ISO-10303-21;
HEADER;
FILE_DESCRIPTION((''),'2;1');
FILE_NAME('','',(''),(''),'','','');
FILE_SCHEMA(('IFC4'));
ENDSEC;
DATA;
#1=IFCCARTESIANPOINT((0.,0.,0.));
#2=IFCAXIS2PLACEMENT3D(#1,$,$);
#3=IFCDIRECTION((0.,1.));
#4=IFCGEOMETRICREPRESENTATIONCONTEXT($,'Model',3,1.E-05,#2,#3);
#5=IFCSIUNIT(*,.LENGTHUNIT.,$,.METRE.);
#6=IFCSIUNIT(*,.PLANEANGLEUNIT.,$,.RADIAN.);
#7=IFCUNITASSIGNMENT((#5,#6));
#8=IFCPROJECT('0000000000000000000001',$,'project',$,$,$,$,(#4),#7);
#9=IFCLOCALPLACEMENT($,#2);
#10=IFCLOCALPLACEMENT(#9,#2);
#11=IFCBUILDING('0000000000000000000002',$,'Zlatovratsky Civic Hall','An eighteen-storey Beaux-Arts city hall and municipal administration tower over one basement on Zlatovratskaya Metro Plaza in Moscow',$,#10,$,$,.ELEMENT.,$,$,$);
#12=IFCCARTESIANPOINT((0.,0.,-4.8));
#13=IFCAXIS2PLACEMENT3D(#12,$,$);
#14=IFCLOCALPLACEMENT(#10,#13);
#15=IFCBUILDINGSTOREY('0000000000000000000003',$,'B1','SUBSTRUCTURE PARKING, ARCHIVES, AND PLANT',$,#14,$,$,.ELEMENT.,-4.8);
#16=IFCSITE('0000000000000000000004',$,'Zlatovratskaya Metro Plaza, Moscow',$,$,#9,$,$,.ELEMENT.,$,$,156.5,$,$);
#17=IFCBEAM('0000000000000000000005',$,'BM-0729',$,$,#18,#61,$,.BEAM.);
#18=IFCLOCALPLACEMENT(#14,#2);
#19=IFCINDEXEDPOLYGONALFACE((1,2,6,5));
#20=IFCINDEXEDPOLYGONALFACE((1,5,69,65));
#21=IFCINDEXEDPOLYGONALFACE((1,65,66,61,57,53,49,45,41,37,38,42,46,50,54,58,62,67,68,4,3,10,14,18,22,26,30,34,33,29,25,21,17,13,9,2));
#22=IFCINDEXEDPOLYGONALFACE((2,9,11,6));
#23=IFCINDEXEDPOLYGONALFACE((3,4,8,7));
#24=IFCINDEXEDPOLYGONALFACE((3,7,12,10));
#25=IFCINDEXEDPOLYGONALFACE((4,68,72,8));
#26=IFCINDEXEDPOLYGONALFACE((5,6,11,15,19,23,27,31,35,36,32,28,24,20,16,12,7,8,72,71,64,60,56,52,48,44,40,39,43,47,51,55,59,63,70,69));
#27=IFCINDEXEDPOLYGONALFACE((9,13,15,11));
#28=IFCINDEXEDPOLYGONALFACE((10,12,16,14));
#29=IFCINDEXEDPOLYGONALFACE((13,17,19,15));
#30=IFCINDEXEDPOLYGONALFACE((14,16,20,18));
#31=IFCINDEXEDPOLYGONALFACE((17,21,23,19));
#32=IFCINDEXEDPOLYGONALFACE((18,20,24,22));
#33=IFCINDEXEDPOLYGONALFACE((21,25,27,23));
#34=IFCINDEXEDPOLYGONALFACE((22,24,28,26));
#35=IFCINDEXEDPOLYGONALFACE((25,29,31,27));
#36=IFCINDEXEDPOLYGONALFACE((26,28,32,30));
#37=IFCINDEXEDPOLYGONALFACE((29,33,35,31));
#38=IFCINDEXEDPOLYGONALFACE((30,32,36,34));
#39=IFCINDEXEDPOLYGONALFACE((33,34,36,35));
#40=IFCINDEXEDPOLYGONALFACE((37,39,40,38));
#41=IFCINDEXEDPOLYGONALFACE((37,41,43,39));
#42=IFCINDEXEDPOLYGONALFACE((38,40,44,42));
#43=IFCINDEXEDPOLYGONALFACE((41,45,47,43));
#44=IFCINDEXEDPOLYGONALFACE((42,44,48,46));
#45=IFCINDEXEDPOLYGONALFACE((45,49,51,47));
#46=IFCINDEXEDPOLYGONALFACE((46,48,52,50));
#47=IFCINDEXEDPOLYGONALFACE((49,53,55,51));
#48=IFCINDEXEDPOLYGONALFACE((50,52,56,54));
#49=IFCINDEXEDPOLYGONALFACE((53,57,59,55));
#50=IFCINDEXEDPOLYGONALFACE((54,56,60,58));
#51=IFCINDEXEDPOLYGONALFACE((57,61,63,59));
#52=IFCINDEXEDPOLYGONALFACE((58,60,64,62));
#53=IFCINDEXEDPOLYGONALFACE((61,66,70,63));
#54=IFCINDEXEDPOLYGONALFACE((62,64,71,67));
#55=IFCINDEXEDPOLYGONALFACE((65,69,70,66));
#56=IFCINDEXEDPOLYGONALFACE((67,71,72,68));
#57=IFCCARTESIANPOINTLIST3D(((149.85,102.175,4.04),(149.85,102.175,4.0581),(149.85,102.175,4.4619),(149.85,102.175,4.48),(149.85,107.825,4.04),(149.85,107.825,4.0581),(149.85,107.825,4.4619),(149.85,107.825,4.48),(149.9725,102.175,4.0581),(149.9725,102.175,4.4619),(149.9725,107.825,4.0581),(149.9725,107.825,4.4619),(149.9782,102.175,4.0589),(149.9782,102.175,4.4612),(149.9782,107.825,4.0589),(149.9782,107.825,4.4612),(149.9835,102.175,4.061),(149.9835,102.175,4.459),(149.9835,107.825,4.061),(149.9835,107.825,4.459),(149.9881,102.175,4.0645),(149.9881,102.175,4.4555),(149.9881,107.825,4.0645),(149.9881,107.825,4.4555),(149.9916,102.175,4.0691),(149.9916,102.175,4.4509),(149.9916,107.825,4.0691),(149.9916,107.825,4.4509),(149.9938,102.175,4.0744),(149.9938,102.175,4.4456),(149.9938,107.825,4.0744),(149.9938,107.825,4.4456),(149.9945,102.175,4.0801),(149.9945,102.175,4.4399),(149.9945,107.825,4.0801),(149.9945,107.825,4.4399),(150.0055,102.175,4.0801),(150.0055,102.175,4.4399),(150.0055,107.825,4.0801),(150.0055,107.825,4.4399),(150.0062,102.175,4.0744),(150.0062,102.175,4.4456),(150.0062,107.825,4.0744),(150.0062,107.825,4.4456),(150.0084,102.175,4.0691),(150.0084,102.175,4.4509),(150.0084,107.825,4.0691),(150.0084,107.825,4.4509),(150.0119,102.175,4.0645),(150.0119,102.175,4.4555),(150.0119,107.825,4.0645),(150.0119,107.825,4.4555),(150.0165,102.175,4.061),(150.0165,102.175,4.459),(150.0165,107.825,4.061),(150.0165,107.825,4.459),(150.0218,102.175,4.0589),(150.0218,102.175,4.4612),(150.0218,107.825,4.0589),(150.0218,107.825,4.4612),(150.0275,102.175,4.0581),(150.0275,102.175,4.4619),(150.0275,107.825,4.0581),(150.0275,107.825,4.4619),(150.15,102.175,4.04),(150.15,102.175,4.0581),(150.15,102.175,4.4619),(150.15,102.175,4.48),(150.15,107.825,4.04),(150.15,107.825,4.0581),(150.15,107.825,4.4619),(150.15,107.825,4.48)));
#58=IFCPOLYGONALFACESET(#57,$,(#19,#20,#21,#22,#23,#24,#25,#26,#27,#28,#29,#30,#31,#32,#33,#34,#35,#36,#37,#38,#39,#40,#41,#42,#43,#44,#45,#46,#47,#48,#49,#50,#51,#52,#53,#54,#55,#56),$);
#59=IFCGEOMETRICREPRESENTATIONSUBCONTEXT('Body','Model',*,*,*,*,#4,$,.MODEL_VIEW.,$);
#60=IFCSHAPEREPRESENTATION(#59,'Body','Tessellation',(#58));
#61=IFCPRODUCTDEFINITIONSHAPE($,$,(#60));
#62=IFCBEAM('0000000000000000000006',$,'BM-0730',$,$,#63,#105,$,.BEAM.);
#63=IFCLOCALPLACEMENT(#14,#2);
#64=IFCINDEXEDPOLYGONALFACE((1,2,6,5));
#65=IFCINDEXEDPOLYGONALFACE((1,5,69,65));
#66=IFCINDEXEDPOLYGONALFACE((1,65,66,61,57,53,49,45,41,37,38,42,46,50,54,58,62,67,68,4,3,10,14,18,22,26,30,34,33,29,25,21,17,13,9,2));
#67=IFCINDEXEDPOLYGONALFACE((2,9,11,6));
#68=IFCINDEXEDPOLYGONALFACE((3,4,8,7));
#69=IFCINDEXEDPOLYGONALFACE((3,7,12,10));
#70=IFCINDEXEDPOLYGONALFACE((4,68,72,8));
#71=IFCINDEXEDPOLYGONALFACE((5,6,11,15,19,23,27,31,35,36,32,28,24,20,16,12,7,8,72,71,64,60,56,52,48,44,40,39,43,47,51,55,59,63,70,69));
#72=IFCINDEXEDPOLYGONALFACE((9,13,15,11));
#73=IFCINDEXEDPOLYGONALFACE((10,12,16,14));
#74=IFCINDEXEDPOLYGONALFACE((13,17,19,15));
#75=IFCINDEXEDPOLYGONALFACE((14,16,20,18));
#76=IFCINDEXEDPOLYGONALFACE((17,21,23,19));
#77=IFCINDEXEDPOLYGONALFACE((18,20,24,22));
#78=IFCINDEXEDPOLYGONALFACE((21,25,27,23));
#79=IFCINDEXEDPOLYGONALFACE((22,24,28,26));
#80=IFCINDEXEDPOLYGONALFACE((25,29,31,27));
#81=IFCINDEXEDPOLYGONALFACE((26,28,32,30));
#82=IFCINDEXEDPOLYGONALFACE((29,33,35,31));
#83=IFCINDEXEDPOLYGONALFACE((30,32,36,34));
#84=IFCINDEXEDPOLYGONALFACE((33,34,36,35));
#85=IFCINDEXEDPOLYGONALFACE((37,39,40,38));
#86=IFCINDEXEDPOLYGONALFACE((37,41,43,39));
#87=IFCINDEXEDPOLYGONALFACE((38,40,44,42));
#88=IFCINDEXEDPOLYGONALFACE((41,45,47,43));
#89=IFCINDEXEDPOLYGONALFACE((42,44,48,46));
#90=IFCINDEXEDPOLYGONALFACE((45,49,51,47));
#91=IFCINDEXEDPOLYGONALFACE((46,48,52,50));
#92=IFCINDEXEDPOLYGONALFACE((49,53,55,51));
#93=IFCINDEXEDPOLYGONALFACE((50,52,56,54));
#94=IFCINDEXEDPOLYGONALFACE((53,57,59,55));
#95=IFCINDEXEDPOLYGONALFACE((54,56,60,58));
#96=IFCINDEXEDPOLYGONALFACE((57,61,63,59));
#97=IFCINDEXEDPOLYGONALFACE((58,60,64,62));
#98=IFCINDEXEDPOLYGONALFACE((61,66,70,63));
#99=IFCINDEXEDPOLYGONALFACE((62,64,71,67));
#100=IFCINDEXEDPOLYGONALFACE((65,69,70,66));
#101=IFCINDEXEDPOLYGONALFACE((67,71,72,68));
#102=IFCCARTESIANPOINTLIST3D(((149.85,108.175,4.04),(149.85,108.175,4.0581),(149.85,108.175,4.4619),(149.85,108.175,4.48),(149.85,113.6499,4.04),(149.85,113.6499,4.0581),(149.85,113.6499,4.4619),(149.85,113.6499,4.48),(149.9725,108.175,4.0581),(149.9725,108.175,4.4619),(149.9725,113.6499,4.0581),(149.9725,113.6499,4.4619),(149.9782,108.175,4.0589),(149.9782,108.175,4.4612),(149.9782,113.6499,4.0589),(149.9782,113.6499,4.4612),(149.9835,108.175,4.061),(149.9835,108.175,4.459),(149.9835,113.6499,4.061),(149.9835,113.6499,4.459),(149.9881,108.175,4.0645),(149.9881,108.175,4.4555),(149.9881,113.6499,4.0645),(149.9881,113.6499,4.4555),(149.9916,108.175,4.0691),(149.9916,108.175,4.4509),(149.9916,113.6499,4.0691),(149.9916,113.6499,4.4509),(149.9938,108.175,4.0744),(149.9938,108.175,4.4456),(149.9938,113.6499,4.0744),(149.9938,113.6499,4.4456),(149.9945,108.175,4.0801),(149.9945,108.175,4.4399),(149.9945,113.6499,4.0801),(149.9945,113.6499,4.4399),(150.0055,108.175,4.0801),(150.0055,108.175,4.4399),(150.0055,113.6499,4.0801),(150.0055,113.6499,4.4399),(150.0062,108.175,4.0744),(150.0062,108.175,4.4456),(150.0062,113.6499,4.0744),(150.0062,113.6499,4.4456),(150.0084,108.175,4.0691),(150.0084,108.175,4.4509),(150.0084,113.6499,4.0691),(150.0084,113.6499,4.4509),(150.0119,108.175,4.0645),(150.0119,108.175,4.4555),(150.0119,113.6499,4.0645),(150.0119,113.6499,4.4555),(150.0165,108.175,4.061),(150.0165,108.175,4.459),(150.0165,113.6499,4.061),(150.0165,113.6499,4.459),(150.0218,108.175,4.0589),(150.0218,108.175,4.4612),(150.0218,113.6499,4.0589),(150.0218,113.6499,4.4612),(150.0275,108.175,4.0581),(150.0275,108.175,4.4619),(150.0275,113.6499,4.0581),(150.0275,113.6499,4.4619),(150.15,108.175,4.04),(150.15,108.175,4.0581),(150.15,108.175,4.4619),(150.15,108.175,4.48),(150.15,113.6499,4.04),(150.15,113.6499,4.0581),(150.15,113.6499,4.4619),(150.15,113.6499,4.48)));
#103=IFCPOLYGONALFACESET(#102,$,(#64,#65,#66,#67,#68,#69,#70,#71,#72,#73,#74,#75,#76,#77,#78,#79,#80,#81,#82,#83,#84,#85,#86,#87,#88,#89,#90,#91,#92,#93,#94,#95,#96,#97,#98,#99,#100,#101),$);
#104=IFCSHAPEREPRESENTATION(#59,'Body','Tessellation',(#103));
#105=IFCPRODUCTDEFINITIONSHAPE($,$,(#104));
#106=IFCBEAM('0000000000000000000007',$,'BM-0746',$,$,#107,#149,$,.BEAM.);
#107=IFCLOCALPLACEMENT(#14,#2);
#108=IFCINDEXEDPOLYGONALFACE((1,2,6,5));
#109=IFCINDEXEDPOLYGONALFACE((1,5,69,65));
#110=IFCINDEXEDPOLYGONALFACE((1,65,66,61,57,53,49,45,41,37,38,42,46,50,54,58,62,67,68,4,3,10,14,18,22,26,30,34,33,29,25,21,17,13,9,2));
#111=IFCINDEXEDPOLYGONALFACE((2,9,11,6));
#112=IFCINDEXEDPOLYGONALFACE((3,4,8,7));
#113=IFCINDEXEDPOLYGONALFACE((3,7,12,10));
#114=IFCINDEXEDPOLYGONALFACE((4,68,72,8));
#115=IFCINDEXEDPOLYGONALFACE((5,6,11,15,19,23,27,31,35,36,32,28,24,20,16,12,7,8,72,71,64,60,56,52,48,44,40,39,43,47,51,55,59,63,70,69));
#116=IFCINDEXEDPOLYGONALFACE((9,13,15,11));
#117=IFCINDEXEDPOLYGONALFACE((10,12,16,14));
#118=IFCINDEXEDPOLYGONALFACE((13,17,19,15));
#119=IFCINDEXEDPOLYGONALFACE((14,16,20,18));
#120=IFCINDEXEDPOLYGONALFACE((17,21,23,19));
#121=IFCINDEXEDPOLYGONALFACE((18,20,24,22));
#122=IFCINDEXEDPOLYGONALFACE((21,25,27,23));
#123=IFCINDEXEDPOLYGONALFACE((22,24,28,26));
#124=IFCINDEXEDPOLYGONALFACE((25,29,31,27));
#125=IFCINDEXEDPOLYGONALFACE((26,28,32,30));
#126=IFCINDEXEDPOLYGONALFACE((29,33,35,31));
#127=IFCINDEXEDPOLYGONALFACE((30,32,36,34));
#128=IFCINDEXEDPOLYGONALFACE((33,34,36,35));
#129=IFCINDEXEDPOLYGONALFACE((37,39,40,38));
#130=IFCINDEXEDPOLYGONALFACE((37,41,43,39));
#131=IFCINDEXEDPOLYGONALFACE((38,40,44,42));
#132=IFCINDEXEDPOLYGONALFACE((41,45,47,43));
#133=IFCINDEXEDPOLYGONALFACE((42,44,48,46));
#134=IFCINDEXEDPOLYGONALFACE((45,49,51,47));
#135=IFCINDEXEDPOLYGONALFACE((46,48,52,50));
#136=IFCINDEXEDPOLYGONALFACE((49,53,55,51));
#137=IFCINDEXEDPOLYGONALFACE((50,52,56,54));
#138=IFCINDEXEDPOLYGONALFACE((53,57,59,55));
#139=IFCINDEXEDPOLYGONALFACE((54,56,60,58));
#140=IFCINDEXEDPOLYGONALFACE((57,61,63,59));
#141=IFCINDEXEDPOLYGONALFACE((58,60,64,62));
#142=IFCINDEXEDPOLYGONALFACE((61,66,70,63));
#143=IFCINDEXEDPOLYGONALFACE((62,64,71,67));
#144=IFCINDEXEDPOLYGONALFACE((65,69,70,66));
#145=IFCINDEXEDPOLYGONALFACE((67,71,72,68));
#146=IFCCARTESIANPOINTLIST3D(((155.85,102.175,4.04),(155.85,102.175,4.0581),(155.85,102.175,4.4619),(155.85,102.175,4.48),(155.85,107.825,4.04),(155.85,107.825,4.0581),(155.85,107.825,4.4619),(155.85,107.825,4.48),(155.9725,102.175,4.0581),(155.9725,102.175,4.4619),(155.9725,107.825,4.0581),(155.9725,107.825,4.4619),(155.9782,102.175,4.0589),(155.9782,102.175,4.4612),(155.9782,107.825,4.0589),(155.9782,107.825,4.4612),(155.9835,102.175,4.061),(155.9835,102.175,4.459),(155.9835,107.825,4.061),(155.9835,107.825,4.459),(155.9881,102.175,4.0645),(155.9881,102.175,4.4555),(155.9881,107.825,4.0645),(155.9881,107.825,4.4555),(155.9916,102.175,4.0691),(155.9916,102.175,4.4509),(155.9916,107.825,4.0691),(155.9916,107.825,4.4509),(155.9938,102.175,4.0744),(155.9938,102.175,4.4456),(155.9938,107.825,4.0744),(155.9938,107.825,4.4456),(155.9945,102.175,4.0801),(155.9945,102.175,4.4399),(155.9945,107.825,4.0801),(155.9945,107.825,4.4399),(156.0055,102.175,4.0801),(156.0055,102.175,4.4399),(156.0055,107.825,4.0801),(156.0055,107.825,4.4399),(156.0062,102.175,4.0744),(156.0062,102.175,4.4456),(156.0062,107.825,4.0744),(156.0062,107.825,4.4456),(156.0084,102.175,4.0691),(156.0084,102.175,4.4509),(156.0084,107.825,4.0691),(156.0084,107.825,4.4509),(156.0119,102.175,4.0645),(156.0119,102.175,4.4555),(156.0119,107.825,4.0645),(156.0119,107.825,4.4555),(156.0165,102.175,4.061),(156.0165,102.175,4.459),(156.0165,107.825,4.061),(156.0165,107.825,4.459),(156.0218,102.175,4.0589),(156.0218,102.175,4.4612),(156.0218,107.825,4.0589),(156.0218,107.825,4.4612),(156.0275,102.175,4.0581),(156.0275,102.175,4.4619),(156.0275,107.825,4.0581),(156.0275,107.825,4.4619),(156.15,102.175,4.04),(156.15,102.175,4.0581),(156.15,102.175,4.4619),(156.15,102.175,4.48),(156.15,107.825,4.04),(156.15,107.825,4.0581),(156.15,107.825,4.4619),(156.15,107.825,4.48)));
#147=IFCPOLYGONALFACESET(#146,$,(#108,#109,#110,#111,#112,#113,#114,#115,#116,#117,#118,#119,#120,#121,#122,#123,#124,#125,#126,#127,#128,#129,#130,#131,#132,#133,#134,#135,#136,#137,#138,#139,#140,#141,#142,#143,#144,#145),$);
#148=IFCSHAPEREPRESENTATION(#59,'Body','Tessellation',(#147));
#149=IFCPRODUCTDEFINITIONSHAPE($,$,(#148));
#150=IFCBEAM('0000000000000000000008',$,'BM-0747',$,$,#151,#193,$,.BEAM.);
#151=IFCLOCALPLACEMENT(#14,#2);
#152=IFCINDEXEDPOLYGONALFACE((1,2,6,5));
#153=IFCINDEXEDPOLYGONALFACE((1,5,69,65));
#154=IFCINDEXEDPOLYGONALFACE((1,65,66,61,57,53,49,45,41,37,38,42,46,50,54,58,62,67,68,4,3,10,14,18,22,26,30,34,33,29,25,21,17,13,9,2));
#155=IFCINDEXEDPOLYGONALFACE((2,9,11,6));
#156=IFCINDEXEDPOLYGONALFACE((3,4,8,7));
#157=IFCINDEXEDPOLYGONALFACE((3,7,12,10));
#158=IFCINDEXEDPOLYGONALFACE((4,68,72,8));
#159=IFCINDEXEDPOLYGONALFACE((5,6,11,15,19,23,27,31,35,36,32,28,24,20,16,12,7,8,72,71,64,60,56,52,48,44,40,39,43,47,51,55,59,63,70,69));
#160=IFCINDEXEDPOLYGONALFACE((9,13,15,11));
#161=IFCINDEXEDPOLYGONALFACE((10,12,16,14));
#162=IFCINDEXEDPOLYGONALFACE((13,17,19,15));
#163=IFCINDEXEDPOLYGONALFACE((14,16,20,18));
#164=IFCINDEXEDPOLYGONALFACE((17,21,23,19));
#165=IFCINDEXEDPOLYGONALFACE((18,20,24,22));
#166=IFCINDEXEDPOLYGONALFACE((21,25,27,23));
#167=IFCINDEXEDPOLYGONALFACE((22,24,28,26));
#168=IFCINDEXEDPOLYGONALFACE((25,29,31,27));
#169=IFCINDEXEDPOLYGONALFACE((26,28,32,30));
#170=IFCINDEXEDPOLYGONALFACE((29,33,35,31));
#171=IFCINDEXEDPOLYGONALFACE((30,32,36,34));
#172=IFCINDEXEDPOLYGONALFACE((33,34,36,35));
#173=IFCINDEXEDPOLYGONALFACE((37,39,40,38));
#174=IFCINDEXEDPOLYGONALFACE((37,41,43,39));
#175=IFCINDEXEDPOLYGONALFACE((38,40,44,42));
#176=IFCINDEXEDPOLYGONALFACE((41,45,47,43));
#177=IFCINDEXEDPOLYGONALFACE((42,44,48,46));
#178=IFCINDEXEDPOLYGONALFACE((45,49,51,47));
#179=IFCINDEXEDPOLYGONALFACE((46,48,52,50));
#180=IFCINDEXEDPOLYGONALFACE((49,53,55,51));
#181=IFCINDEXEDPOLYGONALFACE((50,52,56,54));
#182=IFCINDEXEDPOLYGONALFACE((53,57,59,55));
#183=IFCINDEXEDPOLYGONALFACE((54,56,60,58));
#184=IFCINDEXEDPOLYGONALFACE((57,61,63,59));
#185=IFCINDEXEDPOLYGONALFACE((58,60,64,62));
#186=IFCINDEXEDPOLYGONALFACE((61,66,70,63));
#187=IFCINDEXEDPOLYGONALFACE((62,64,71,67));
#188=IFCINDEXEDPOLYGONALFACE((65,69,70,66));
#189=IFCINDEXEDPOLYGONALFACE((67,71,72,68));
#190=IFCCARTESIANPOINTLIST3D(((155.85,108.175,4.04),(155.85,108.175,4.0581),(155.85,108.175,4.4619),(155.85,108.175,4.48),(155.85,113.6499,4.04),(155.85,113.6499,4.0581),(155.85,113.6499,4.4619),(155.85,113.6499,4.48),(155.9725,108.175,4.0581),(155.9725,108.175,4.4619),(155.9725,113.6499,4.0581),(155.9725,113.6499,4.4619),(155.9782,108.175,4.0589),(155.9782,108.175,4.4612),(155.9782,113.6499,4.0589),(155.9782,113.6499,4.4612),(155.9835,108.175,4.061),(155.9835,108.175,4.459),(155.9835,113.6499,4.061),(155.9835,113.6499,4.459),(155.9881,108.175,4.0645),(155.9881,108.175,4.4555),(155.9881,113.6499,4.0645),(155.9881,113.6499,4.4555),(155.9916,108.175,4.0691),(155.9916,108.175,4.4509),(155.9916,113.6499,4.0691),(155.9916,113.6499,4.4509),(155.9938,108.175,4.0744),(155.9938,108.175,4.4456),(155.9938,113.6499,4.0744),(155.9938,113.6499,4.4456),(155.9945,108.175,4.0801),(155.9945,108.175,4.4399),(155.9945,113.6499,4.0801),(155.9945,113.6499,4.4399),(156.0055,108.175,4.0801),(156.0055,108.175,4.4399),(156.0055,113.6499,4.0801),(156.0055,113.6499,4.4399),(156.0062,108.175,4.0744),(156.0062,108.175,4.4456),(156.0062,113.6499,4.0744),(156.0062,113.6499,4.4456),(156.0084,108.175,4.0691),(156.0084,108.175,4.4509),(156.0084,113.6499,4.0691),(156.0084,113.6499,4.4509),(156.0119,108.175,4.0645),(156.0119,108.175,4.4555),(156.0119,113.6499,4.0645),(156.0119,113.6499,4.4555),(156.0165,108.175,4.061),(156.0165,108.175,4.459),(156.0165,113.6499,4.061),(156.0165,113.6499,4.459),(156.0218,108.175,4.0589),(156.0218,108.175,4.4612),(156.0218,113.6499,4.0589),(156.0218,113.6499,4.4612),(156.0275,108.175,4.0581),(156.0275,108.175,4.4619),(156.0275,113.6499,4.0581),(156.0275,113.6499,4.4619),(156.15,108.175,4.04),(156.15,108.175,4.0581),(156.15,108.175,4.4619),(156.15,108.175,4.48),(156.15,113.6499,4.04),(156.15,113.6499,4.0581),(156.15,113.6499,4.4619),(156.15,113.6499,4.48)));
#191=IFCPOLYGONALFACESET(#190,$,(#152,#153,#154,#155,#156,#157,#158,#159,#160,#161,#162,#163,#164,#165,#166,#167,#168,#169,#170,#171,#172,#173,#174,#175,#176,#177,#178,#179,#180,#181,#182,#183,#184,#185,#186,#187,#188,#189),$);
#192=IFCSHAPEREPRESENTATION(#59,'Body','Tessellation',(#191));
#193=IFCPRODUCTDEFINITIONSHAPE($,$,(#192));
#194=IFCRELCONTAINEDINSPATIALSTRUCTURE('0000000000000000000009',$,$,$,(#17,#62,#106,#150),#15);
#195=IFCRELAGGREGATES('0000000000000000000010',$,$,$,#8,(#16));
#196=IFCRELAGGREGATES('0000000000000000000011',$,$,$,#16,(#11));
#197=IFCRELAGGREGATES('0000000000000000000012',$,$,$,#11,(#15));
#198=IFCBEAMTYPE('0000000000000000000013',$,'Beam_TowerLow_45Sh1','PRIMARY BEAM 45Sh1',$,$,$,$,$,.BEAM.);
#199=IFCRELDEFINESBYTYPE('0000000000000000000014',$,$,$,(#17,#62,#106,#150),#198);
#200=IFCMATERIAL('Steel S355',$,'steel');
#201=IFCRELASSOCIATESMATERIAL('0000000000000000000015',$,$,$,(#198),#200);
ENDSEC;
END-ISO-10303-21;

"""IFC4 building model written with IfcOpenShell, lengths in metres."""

from ifc_helpers import new_model, si_unit, direction, frame, origin, origin_2d, place, context, subcontext, project, spatial, i_section, extrude, material, material_profile, profile_set, type_object, element, save


model = new_model("IFC4")

# Units and contexts
model_context = context("Model", 3, precision=1e-05, world=origin(), true_north=direction((0.0, 1.0)))
body_context = subcontext(model_context, "Body", "Model", "MODEL_VIEW")
ifc_project = project(units=[si_unit("LENGTHUNIT", "METRE"), si_unit("PLANEANGLEUNIT", "RADIAN")], contexts=[model_context])

# Site, building, storey
site_placement = place(None, origin())
site = spatial("IfcSite", under=ifc_project, at=site_placement, Name="Zlatovratskaya Metro Plaza, Moscow", CompositionType="ELEMENT", RefElevation=156.5)
building_placement = place(site_placement, origin())
building = spatial("IfcBuilding", under=site, at=building_placement, Name="Zlatovratsky Civic Hall", Description="An eighteen-storey Beaux-Arts city hall and municipal administration tower over one basement on Zlatovratskaya Metro Plaza in Moscow", CompositionType="ELEMENT")
storey_placement = place(building_placement, frame((0.0, 0.0, -4.8)))
storey = spatial("IfcBuildingStorey", under=building, at=storey_placement, Name="B1", Description="SUBSTRUCTURE PARKING, ARCHIVES, AND PLANT", CompositionType="ELEMENT", Elevation=-4.8)

# Shared definitions
ifc_material_1 = material(Name="Steel S355", Category="steel")

# Beams
ifc_material_profile_1 = material_profile(ifc_material_1, i_section(OverallWidth=0.3, OverallDepth=0.4399, WebThickness=0.011, FlangeThickness=0.0181, FilletRadius=0.022, at=origin_2d()), Name="45Sh1")
ifc_profile_set_1 = profile_set([ifc_material_profile_1], Name="Steel S355")
beam_type_1 = type_object("IfcBeamType", Name="Beam_TowerLow_45Sh1", Description="PRIMARY BEAM 45Sh1", PredefinedType="BEAM", material=ifc_profile_set_1)
for number, where, z_axis, x_axis, name in (
    (1, (150.0, 102.175, 4.26), (0.0, 1.0, 0.0), (-1.0, 0.0, 0.0), "BM-0729"),
):
    element("IfcBeam", number, at=place(storey_placement, frame(where, z_axis=z_axis, x_axis=x_axis)), inside=storey, type_object=beam_type_1, Name=name, PredefinedType="BEAM", context=body_context, shape_type="SweptSolid", body=[
        extrude(i_section(OverallWidth=0.3, OverallDepth=0.4399, WebThickness=0.011, FlangeThickness=0.0181, FilletRadius=0.022, at=origin_2d()), origin(), (0.0, 0.0, 1.0), 5.6499),
    ])
beam_1_placement = place(storey_placement, frame((150.0, 108.175, 4.26), z_axis=(0.0, 1.0, 0.0), x_axis=(-1.0, 0.0, 0.0)))
element("IfcBeam", 2, at=beam_1_placement, inside=storey, type_object=beam_type_1, Name="BM-0730", PredefinedType="BEAM", context=body_context, shape_type="SweptSolid", body=[
    extrude(i_section(OverallWidth=0.3, OverallDepth=0.4399, WebThickness=0.011, FlangeThickness=0.0181, FilletRadius=0.022, at=origin_2d()), origin(), (0.0, 0.0, 1.0), 5.4749),
])
beam_2_placement = place(storey_placement, frame((156.0, 102.175, 4.26), z_axis=(0.0, 1.0, 0.0), x_axis=(-1.0, 0.0, 0.0)))
element("IfcBeam", 3, at=beam_2_placement, inside=storey, type_object=beam_type_1, Name="BM-0746", PredefinedType="BEAM", context=body_context, shape_type="SweptSolid", body=[
    extrude(i_section(OverallWidth=0.3, OverallDepth=0.4399, WebThickness=0.011, FlangeThickness=0.0181, FilletRadius=0.022, at=origin_2d()), origin(), (0.0, 0.0, 1.0), 5.6499),
])
beam_3_placement = place(storey_placement, frame((156.0, 108.175, 4.26), z_axis=(0.0, 1.0, 0.0), x_axis=(-1.0, 0.0, 0.0)))
element("IfcBeam", 4, at=beam_3_placement, inside=storey, type_object=beam_type_1, Name="BM-0747", PredefinedType="BEAM", context=body_context, shape_type="SweptSolid", body=[
    extrude(i_section(OverallWidth=0.3, OverallDepth=0.4399, WebThickness=0.011, FlangeThickness=0.0181, FilletRadius=0.022, at=origin_2d()), origin(), (0.0, 0.0, 1.0), 5.4749),
])

save(model, "model.ifc")
